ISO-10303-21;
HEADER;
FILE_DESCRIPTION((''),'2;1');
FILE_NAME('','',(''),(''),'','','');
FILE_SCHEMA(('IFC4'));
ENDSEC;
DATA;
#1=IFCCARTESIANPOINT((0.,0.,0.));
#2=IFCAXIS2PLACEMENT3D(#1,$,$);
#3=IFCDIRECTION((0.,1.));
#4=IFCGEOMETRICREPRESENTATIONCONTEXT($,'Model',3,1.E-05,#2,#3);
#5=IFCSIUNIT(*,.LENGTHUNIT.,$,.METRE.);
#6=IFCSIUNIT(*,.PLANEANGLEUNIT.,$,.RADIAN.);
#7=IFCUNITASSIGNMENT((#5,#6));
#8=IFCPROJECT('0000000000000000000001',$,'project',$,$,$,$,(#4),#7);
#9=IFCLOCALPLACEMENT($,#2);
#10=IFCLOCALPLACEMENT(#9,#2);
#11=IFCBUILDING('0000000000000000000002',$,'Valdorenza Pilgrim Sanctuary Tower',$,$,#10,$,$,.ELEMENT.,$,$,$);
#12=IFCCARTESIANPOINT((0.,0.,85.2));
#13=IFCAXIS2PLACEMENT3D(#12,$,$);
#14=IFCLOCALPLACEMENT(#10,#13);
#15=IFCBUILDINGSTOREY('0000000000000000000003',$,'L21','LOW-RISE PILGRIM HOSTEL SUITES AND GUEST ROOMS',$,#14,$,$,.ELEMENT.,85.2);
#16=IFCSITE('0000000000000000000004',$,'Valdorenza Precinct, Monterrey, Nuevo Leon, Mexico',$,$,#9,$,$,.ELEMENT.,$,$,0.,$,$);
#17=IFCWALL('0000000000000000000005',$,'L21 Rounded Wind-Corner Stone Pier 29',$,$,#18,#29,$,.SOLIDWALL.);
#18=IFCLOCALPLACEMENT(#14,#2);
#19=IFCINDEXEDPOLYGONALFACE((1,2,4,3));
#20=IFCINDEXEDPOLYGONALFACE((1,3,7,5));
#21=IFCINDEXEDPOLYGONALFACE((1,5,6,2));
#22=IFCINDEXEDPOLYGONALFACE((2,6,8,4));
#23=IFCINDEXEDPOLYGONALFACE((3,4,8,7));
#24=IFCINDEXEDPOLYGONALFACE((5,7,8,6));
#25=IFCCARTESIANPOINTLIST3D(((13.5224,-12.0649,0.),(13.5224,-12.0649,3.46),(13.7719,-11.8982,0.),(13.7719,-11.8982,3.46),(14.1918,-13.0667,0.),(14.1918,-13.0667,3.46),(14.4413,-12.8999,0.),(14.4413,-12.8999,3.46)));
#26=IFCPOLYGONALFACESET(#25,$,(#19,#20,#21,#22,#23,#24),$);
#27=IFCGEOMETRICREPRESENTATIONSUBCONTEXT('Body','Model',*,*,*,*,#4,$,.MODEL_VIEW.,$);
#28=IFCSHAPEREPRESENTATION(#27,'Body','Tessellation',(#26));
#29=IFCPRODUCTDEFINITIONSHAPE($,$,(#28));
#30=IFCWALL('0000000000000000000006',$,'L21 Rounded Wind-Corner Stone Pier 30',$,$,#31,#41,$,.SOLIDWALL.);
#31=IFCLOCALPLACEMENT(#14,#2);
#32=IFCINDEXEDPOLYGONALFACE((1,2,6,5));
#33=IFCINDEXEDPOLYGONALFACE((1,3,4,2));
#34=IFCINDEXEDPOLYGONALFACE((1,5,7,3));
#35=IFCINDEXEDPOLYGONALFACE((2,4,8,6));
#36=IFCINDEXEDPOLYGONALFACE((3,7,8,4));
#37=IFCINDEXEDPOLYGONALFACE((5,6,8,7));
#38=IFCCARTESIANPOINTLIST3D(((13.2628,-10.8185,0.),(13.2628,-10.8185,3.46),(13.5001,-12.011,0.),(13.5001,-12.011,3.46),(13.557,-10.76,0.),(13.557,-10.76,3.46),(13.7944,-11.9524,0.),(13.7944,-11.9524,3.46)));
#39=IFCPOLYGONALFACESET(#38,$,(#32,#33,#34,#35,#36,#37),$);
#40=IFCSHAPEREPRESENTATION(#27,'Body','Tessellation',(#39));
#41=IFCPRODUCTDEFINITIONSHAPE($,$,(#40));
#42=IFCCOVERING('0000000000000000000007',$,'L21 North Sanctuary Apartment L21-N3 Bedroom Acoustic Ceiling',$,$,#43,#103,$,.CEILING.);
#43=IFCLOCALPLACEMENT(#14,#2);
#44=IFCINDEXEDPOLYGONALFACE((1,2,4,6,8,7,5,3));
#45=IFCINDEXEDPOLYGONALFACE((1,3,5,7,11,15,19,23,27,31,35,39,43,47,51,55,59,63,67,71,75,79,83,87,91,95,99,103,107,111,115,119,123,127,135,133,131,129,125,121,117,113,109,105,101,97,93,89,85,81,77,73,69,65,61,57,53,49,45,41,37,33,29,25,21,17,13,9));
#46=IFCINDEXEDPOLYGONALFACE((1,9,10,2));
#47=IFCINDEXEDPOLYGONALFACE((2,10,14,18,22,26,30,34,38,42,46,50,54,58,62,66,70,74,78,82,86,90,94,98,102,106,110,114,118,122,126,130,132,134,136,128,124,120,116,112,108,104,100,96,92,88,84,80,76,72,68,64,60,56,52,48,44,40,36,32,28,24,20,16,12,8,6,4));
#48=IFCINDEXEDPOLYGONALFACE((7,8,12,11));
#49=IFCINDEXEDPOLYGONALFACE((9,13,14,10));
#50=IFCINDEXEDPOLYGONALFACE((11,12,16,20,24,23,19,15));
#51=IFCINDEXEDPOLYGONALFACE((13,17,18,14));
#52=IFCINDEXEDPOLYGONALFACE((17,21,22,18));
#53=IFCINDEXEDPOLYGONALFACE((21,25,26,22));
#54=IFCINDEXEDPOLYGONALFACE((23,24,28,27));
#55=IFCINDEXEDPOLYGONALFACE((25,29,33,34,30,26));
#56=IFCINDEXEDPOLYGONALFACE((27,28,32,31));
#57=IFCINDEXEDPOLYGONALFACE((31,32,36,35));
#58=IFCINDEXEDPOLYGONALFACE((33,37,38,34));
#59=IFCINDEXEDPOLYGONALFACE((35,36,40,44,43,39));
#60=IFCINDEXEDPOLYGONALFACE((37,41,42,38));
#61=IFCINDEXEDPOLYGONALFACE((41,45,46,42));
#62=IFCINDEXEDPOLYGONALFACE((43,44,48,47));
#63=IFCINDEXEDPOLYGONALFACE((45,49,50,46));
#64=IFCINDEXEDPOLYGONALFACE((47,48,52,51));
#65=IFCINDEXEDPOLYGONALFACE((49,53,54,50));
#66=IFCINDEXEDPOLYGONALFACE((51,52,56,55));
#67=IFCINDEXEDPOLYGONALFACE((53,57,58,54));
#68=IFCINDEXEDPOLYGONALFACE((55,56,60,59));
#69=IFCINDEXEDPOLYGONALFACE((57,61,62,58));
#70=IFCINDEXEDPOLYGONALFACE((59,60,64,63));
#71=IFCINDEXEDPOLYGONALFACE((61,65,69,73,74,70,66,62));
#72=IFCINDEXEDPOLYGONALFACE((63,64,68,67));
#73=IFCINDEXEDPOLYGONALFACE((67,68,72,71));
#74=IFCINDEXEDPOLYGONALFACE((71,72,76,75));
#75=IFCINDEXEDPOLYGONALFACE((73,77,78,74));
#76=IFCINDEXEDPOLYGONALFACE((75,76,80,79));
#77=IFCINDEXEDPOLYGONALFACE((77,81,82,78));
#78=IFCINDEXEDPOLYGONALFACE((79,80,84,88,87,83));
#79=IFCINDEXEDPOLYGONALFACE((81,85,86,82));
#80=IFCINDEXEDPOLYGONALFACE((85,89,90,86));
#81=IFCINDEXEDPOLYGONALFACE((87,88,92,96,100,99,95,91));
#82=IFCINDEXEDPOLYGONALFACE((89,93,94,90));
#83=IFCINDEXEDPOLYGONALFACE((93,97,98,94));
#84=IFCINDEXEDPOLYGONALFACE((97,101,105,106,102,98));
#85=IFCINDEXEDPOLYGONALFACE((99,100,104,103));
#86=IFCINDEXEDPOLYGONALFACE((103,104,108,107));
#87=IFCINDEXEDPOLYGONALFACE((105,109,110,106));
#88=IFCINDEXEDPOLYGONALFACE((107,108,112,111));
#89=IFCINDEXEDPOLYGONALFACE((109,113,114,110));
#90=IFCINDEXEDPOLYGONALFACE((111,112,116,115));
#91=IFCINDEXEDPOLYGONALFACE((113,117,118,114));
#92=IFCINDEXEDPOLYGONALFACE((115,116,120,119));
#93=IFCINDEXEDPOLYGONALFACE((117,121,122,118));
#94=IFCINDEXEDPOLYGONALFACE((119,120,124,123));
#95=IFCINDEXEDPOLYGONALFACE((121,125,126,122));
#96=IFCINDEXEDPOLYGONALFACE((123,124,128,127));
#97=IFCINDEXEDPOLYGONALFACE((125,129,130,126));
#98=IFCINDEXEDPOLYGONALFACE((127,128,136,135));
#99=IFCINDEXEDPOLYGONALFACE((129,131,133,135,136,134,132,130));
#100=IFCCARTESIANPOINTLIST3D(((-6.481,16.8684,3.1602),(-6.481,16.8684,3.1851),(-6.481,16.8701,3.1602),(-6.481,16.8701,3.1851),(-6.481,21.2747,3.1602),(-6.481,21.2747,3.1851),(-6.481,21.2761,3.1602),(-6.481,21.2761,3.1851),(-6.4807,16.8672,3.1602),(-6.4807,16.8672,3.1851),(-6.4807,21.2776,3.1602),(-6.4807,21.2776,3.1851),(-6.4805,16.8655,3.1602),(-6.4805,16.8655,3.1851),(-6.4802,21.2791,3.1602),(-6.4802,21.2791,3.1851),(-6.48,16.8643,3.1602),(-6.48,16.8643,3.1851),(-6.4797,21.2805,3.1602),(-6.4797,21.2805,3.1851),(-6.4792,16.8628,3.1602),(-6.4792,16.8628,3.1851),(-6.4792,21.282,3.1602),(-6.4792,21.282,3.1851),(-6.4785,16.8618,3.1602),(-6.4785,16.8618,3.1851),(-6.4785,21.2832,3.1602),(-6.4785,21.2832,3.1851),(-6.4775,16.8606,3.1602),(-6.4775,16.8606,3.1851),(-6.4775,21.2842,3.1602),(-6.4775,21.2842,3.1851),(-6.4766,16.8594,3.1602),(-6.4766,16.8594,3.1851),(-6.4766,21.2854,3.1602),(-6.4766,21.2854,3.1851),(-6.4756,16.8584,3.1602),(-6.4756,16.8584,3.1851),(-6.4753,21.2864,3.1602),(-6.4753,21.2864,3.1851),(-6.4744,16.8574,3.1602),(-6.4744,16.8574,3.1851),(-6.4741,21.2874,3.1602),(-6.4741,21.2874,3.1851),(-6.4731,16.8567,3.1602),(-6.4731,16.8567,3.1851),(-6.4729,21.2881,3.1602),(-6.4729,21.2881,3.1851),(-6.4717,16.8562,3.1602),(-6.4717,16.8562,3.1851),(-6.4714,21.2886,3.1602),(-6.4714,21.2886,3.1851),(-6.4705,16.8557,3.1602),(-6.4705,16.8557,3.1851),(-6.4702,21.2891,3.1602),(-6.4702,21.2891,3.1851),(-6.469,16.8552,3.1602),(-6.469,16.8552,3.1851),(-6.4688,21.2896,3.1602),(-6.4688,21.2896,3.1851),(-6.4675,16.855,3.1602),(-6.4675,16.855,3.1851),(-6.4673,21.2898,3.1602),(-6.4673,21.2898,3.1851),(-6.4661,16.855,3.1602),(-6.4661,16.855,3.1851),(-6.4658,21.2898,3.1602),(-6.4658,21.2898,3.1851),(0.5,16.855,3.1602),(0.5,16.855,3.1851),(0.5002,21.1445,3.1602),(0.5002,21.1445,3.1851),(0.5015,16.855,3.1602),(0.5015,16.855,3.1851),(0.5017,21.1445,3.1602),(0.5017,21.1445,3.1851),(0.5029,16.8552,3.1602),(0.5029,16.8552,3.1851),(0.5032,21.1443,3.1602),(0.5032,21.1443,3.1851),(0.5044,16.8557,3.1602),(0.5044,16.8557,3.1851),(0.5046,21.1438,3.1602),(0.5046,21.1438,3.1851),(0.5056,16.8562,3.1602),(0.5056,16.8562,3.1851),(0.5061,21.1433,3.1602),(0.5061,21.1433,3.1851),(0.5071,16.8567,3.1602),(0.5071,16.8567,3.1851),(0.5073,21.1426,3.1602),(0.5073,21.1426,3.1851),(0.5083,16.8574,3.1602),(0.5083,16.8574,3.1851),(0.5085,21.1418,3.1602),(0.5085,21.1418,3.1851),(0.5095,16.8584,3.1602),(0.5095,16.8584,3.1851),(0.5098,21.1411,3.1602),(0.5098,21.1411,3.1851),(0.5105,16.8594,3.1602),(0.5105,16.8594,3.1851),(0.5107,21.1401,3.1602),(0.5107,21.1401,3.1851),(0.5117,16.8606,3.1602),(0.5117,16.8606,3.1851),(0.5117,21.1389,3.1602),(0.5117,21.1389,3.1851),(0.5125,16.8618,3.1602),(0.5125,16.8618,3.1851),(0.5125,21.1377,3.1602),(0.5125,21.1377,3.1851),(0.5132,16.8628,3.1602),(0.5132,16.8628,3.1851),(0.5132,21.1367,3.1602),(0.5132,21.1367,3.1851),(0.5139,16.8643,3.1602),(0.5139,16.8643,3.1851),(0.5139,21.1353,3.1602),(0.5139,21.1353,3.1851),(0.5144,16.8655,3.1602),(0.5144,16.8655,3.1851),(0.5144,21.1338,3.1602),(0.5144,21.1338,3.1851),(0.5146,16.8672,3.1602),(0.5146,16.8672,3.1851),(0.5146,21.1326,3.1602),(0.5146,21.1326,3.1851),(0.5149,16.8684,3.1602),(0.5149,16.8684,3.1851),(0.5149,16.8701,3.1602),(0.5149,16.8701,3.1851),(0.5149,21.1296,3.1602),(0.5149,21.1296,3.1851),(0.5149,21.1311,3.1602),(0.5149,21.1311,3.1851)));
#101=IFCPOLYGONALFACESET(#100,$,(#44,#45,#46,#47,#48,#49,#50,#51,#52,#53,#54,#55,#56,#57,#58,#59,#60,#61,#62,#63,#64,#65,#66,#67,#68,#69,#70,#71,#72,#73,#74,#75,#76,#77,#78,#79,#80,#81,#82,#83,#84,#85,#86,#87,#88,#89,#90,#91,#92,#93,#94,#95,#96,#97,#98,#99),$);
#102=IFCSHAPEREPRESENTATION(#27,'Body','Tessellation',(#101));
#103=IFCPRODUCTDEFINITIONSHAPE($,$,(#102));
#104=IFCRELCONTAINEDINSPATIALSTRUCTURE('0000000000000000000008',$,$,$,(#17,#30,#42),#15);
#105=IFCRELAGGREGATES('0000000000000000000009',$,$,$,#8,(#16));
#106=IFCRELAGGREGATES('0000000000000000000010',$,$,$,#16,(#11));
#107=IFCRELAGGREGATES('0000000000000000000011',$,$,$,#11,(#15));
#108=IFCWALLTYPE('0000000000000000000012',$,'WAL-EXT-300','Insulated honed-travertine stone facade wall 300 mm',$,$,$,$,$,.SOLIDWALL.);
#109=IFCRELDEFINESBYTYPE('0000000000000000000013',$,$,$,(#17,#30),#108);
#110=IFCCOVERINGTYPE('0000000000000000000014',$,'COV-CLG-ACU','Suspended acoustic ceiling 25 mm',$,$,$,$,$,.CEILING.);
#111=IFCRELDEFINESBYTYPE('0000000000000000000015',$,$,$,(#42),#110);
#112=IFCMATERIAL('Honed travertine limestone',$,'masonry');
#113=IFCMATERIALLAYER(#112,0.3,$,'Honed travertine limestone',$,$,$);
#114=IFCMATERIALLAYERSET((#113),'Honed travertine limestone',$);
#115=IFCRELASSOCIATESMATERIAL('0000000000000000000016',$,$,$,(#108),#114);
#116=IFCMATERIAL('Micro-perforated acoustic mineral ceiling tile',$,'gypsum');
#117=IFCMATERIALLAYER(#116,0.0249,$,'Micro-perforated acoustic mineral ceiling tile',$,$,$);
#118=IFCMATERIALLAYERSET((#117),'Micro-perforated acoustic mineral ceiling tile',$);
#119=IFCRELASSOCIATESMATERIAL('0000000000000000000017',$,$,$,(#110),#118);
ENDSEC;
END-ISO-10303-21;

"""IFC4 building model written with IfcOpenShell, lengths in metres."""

from ifc_helpers import new_model, si_unit, direction, frame, frame_2d, origin, place, context, subcontext, project, spatial, polyline, rectangle, outline, extrude, material, layer, layer_set, type_object, element, save


model = new_model("IFC4")

# Units and contexts
model_context = context("Model", 3, precision=1e-05, world=origin(), true_north=direction((0.0, 1.0)))
body_context = subcontext(model_context, "Body", "Model", "MODEL_VIEW")
ifc_project = project(units=[si_unit("LENGTHUNIT", "METRE"), si_unit("PLANEANGLEUNIT", "RADIAN")], contexts=[model_context])

# Site, building, storey
site_placement = place(None, origin())
site = spatial("IfcSite", under=ifc_project, at=site_placement, Name="Valdorenza Precinct, Monterrey, Nuevo Leon, Mexico", CompositionType="ELEMENT", RefElevation=0.0)
building_placement = place(site_placement, origin())
building = spatial("IfcBuilding", under=site, at=building_placement, Name="Valdorenza Pilgrim Sanctuary Tower", CompositionType="ELEMENT")
storey_placement = place(building_placement, frame((0.0, 0.0, 85.2)))
storey = spatial("IfcBuildingStorey", under=building, at=storey_placement, Name="L21", Description="LOW-RISE PILGRIM HOSTEL SUITES AND GUEST ROOMS", CompositionType="ELEMENT", Elevation=85.2)

# Shared definitions
ifc_material_1 = material(Name="Honed travertine limestone", Category="masonry")

# Walls
ifc_layer_1 = layer(ifc_material_1, 0.3, Name="Honed travertine limestone")
ifc_layer_set_1 = layer_set([ifc_layer_1], Name="Honed travertine limestone")
wall_type_1 = type_object("IfcWallType", Name="WAL-EXT-300", Description="Insulated honed-travertine stone facade wall 300 mm", PredefinedType="SOLIDWALL", material=ifc_layer_set_1)
for number, where, z_axis, x_axis, name in (
    (1, (14.3167, -12.9834, 0.0), (0.0, 0.0, 1.0), (-0.555635, 0.831426, 0.0), "L21 Rounded Wind-Corner Stone Pier 29"),
):
    element("IfcWall", number, at=place(storey_placement, frame(where, z_axis=z_axis, x_axis=x_axis)), inside=storey, type_object=wall_type_1, Name=name, PredefinedType="SOLIDWALL", context=body_context, shape_type="SweptSolid", body=[
        extrude(rectangle(XDim=1.2048, YDim=0.3, at=frame_2d((0.6025, 0.0))), origin(), (0.0, 0.0, 1.0), 3.46),
    ])
wall_1_placement = place(storey_placement, frame((13.6472, -11.9817, 0.0), z_axis=(0.0, 0.0, 1.0), x_axis=(-0.195189, 0.980766, 0.0)))
element("IfcWall", 2, at=wall_1_placement, inside=storey, type_object=wall_type_1, Name="L21 Rounded Wind-Corner Stone Pier 30", PredefinedType="SOLIDWALL", context=body_context, shape_type="SweptSolid", body=[
    extrude(rectangle(XDim=1.2158, YDim=0.3, at=frame_2d((0.6079, 0.0))), origin(), (0.0, 0.0, 1.0), 3.46),
])

# Covering
ifc_material_2 = material(Name="Micro-perforated acoustic mineral ceiling tile", Category="gypsum")
ifc_layer_2 = layer(ifc_material_2, 0.0249, Name="Micro-perforated acoustic mineral ceiling tile")
ifc_layer_set_2 = layer_set([ifc_layer_2], Name="Micro-perforated acoustic mineral ceiling tile")
covering_type_1 = type_object("IfcCoveringType", Name="COV-CLG-ACU", Description="Suspended acoustic ceiling 25 mm", PredefinedType="CEILING", material=ifc_layer_set_2)
covering_1_placement = place(storey_placement, frame((0.0, 0.0, 3.1602)))
element("IfcCovering", 3, at=covering_1_placement, inside=storey, type_object=covering_type_1, Name="L21 North Sanctuary Apartment L21-N3 Bedroom Acoustic Ceiling", PredefinedType="CEILING", context=body_context, shape_type="SweptSolid", body=[
    extrude(outline(polyline([(-6.4661, 16.855), (-6.4675, 16.855), (-6.469, 16.8552), (-6.4705, 16.8557), (-6.4717, 16.8562), (-6.4731, 16.8567), (-6.4744, 16.8574), (-6.4756, 16.8584), (-6.4766, 16.8594), (-6.4775, 16.8606), (-6.4785, 16.8618), (-6.4792, 16.8628), (-6.48, 16.8643), (-6.4805, 16.8655), (-6.4807, 16.8672), (-6.481, 16.8684), (-6.481, 16.8701), (-6.481, 21.2747), (-6.481, 21.2761), (-6.4807, 21.2776), (-6.4802, 21.2791), (-6.4797, 21.2805), (-6.4792, 21.282), (-6.4785, 21.2832), (-6.4775, 21.2842), (-6.4766, 21.2854), (-6.4753, 21.2864), (-6.4741, 21.2874), (-6.4729, 21.2881), (-6.4714, 21.2886), (-6.4702, 21.2891), (-6.4688, 21.2896), (-6.4673, 21.2898), (-6.4658, 21.2898), (0.5002, 21.1445), (0.5017, 21.1445), (0.5032, 21.1443), (0.5046, 21.1438), (0.5061, 21.1433), (0.5073, 21.1426), (0.5085, 21.1418), (0.5098, 21.1411), (0.5107, 21.1401), (0.5117, 21.1389), (0.5125, 21.1377), (0.5132, 21.1367), (0.5139, 21.1353), (0.5144, 21.1338), (0.5146, 21.1326), (0.5149, 21.1311), (0.5149, 21.1296), (0.5149, 16.8701), (0.5149, 16.8684), (0.5146, 16.8672), (0.5144, 16.8655), (0.5139, 16.8643), (0.5132, 16.8628), (0.5125, 16.8618), (0.5117, 16.8606), (0.5105, 16.8594), (0.5095, 16.8584), (0.5083, 16.8574), (0.5071, 16.8567), (0.5056, 16.8562), (0.5044, 16.8557), (0.5029, 16.8552), (0.5015, 16.855), (0.5, 16.855), (-6.4661, 16.855)])), origin(), (0.0, 0.0, 1.0), 0.0249),
])

save(model, "model.ifc")
